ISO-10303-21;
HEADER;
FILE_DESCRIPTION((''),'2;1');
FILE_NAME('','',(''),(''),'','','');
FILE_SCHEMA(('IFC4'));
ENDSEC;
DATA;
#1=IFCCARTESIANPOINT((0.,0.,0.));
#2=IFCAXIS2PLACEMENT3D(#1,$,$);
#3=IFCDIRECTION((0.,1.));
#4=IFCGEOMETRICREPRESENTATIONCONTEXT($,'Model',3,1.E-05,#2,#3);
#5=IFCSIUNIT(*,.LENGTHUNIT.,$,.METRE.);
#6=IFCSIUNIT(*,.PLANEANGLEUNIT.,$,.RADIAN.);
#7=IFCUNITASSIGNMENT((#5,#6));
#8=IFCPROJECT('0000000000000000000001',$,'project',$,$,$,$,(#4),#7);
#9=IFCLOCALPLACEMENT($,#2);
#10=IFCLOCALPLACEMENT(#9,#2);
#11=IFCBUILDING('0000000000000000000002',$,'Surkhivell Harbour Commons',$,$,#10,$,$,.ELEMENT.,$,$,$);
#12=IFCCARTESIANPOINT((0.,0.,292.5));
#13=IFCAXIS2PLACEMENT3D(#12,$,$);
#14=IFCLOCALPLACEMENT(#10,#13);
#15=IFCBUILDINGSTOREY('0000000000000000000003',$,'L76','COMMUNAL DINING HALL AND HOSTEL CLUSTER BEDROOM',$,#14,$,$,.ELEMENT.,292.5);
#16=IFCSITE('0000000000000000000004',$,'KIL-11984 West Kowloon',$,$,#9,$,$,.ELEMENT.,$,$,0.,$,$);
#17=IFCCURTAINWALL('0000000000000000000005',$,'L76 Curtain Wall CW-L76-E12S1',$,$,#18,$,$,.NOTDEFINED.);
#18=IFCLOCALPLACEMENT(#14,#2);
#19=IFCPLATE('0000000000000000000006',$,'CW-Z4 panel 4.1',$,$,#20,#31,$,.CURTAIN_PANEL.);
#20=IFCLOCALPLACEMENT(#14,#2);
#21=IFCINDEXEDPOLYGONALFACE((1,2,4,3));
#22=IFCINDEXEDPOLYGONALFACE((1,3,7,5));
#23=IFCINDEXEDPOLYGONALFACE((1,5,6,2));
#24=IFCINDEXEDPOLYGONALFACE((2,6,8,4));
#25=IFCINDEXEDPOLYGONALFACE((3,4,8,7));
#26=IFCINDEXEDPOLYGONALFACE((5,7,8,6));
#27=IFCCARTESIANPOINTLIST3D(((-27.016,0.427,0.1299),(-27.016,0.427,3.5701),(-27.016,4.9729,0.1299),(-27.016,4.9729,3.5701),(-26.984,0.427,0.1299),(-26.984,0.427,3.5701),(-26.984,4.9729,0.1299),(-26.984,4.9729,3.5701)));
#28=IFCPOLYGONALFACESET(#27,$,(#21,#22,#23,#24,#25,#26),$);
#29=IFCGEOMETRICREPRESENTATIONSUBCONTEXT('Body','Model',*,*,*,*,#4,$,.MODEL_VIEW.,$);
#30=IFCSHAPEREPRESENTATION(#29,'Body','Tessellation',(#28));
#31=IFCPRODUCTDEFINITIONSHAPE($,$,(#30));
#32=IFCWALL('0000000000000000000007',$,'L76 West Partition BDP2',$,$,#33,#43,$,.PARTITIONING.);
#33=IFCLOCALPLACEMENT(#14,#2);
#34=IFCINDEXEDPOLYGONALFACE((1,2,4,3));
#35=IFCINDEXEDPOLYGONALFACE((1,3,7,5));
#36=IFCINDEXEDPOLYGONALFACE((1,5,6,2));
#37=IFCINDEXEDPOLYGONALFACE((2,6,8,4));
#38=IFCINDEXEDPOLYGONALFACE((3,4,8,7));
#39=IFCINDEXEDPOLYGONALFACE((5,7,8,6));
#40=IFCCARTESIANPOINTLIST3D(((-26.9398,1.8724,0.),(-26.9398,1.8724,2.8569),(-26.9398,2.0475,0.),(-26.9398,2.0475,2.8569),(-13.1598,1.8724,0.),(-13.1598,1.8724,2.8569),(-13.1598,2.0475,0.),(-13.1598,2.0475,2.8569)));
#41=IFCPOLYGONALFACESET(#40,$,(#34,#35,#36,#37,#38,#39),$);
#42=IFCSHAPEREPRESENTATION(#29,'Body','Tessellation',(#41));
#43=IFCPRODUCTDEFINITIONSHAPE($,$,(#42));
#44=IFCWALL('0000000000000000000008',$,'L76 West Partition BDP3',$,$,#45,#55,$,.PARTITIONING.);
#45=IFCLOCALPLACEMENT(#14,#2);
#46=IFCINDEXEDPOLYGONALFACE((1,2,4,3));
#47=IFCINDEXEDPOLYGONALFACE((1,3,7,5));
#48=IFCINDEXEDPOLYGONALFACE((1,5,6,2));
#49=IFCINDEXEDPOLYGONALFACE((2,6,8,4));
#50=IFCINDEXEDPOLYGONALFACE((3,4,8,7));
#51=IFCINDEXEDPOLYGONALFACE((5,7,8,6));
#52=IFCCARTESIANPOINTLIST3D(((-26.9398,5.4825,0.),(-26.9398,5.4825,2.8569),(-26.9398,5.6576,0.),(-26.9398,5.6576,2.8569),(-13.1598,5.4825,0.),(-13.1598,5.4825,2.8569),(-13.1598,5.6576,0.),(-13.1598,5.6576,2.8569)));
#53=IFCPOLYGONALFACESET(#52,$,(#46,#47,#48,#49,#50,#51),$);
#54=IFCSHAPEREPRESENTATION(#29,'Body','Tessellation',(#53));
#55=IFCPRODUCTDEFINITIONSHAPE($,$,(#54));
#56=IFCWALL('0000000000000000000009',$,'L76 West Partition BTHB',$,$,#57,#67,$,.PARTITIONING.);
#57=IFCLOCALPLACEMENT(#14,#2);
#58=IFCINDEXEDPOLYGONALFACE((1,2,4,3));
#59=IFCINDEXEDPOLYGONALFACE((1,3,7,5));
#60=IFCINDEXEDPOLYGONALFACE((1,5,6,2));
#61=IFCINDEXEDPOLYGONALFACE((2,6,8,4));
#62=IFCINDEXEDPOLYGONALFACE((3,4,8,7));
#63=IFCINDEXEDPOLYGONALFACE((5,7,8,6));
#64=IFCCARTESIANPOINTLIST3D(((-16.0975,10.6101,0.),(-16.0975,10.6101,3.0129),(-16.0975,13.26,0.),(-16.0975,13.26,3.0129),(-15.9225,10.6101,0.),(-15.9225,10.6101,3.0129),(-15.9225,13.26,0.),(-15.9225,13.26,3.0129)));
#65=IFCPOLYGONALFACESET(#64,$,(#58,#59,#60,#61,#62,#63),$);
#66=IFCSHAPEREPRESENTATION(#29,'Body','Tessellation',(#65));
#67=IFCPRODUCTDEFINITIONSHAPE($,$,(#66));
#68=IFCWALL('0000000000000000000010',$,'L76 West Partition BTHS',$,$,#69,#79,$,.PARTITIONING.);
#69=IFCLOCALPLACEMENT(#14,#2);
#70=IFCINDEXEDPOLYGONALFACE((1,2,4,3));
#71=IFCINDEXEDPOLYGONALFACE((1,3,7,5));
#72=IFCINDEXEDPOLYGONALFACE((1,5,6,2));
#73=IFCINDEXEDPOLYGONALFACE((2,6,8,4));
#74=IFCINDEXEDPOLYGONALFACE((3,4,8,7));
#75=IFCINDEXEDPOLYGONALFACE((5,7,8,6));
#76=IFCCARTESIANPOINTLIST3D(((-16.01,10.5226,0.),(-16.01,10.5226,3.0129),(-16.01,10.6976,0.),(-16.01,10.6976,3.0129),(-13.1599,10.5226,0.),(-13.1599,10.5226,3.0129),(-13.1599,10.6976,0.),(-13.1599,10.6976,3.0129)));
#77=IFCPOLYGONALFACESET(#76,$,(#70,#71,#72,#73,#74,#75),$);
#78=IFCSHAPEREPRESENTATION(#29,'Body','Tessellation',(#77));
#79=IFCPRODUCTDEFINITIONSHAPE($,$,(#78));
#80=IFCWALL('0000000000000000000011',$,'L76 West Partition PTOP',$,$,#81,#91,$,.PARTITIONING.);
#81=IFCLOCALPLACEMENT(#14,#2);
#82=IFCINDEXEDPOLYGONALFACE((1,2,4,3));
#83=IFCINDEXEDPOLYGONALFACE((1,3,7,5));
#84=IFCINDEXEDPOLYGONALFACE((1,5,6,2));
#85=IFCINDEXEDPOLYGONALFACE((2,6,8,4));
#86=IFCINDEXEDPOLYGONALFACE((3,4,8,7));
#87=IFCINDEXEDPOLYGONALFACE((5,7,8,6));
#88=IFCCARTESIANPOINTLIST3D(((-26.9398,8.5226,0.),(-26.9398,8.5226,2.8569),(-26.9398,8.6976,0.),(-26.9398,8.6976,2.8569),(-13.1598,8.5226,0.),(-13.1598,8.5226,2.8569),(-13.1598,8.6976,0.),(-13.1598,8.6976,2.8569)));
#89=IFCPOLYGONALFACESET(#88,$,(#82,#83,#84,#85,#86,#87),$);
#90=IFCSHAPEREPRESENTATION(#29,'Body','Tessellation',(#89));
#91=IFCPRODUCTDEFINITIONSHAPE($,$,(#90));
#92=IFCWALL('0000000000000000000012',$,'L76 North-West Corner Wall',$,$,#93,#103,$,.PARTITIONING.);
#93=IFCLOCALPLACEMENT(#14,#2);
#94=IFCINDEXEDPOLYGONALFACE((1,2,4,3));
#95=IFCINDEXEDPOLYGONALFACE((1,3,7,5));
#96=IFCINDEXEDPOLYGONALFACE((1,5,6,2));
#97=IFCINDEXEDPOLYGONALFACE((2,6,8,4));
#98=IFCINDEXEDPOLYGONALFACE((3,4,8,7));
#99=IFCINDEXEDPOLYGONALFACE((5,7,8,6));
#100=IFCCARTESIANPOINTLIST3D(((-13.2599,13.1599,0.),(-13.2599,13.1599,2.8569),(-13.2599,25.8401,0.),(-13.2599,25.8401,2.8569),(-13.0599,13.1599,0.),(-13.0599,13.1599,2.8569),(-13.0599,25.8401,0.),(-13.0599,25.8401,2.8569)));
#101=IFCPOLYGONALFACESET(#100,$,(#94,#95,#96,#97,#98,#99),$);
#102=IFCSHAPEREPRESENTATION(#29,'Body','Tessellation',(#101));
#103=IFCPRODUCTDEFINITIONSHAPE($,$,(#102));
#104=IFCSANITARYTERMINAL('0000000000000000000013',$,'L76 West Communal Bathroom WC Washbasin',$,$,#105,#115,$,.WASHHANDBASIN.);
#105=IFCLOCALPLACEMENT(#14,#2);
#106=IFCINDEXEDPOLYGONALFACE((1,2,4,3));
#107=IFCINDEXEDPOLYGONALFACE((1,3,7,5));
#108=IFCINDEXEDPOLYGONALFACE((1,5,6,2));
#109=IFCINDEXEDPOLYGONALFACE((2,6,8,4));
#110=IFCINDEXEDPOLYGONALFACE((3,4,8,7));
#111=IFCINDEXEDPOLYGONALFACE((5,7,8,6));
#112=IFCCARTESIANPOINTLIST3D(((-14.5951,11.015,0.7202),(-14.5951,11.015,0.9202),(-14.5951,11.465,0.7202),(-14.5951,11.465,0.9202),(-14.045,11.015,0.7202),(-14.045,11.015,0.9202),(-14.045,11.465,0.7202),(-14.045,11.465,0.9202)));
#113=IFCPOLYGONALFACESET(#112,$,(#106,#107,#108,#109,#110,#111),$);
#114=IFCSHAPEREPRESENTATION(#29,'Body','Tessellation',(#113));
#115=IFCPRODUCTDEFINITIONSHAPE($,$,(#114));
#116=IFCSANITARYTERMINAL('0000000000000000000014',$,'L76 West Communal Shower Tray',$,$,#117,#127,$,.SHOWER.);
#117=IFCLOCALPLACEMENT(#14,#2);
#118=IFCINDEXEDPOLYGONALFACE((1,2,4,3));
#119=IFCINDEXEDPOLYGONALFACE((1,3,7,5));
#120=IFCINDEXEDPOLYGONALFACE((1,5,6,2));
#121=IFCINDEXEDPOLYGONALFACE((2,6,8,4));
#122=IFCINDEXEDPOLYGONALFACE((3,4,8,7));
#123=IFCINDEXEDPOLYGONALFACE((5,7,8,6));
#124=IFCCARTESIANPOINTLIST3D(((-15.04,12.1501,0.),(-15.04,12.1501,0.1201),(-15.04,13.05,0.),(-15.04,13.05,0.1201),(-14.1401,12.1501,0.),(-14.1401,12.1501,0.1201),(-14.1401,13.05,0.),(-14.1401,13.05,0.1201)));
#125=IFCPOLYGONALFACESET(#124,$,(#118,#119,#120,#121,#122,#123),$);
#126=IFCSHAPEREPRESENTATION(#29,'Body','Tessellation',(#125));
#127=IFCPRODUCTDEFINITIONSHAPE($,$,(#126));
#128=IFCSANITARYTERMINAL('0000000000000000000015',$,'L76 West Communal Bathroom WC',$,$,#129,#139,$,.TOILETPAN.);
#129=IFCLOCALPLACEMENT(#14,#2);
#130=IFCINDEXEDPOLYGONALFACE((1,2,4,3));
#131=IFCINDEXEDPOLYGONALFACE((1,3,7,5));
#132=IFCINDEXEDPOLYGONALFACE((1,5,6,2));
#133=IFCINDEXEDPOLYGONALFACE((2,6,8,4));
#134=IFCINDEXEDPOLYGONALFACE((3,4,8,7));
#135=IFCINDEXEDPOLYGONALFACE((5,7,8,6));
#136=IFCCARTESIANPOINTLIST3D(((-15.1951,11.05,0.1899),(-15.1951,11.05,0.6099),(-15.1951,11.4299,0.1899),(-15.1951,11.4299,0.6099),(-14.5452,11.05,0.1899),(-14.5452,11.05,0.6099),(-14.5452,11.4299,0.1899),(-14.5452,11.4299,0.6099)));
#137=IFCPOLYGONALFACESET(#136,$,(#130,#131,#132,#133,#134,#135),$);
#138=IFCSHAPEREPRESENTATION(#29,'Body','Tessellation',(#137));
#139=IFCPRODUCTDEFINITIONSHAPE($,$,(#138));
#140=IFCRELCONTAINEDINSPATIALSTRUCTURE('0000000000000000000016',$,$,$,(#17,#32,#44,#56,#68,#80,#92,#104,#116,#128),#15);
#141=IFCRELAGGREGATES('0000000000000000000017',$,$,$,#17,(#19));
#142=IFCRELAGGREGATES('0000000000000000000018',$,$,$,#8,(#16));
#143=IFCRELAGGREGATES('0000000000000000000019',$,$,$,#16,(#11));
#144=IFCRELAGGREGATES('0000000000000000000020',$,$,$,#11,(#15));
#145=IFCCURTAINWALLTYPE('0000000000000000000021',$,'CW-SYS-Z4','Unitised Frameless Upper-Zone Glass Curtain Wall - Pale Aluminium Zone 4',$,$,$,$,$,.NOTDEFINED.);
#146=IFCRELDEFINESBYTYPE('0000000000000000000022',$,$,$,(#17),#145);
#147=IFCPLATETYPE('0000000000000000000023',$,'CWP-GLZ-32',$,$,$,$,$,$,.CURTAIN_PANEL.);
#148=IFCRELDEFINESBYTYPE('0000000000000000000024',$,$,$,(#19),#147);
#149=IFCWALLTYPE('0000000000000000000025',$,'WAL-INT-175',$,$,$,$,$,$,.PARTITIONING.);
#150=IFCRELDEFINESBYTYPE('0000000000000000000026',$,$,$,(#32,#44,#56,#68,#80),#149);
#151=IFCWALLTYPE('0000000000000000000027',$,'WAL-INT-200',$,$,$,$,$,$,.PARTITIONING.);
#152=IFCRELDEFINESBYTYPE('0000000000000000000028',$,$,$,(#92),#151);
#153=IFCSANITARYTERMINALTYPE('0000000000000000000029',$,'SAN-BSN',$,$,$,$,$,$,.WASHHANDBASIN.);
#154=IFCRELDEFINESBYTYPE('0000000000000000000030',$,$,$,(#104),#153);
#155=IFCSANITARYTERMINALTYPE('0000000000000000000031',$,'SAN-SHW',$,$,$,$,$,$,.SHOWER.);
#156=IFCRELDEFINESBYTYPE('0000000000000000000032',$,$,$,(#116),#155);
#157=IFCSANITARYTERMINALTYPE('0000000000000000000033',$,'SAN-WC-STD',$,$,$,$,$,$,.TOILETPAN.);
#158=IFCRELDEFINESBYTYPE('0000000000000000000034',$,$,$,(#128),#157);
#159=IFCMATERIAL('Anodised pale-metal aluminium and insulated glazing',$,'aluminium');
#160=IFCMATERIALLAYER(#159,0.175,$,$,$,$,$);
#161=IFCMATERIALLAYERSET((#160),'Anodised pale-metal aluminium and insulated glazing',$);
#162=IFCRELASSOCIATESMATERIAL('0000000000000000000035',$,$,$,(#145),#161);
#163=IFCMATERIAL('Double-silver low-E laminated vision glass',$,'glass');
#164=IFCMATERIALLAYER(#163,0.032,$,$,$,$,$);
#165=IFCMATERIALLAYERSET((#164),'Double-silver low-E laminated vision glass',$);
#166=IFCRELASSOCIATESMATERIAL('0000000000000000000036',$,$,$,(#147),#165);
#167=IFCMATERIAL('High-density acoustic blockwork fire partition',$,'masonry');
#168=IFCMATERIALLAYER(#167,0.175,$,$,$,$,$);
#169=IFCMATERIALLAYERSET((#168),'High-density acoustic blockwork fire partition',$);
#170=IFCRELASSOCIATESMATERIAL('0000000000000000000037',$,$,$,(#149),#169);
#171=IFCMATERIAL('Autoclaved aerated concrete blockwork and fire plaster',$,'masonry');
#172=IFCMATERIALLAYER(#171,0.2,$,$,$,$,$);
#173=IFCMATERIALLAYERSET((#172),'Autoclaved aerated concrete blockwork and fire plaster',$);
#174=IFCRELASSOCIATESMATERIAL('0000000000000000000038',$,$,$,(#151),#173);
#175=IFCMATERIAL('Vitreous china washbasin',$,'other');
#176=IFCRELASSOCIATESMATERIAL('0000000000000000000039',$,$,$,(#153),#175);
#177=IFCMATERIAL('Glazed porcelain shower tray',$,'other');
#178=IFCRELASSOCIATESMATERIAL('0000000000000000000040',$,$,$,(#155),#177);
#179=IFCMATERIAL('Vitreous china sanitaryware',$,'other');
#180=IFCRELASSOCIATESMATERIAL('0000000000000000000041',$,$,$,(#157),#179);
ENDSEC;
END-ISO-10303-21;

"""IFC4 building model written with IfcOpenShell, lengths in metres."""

from ifc_helpers import new_model, si_unit, direction, frame, frame_2d, origin, origin_2d, place, context, subcontext, project, spatial, rectangle, extrude, material, layer, layer_set, type_object, element, aggregate, save


model = new_model("IFC4")

# Units and contexts
model_context = context("Model", 3, precision=1e-05, world=origin(), true_north=direction((0.0, 1.0)))
body_context = subcontext(model_context, "Body", "Model", "MODEL_VIEW")
ifc_project = project(units=[si_unit("LENGTHUNIT", "METRE"), si_unit("PLANEANGLEUNIT", "RADIAN")], contexts=[model_context])

# Site, building, storey
site_placement = place(None, origin())
site = spatial("IfcSite", under=ifc_project, at=site_placement, Name="KIL-11984 West Kowloon", CompositionType="ELEMENT", RefElevation=0.0)
building_placement = place(site_placement, origin())
building = spatial("IfcBuilding", under=site, at=building_placement, Name="Surkhivell Harbour Commons", CompositionType="ELEMENT")
storey_placement = place(building_placement, frame((0.0, 0.0, 292.5)))
storey = spatial("IfcBuildingStorey", under=building, at=storey_placement, Name="L76", Description="COMMUNAL DINING HALL AND HOSTEL CLUSTER BEDROOM", CompositionType="ELEMENT", Elevation=292.5)

# Curtain wall, plate
ifc_material_1 = material(Name="Anodised pale-metal aluminium and insulated glazing", Category="aluminium")
ifc_layer_1 = layer(ifc_material_1, 0.175)
ifc_layer_set_1 = layer_set([ifc_layer_1], Name="Anodised pale-metal aluminium and insulated glazing")
curtain_wall_type = type_object("IfcCurtainWallType", Name="CW-SYS-Z4", Description="Unitised Frameless Upper-Zone Glass Curtain Wall - Pale Aluminium Zone 4", PredefinedType="NOTDEFINED", material=ifc_layer_set_1)
curtain_wall_placement = place(storey_placement, origin())
curtain_wall = element("IfcCurtainWall", 1, at=curtain_wall_placement, inside=storey, type_object=curtain_wall_type, Name="L76 Curtain Wall CW-L76-E12S1", PredefinedType="NOTDEFINED")
ifc_material_2 = material(Name="Double-silver low-E laminated vision glass", Category="glass")
ifc_layer_2 = layer(ifc_material_2, 0.032)
ifc_layer_set_2 = layer_set([ifc_layer_2], Name="Double-silver low-E laminated vision glass")
plate_type = type_object("IfcPlateType", Name="CWP-GLZ-32", PredefinedType="CURTAIN_PANEL", material=ifc_layer_set_2)
plate_1_placement = place(storey_placement, frame((-27.0, 4.9729, 0.1299), z_axis=(0.0, 0.0, 1.0), x_axis=(0.0, -1.0, 0.0)))
plate_1 = element("IfcPlate", 2, at=plate_1_placement, type_object=plate_type, Name="CW-Z4 panel 4.1", PredefinedType="CURTAIN_PANEL", context=body_context, shape_type="SweptSolid", body=[
    extrude(rectangle(XDim=4.5459, YDim=0.032, at=frame_2d((2.2729, 0.0))), origin(), (0.0, 0.0, 1.0), 3.4402),
])
aggregate(curtain_wall, [plate_1])

# Walls
ifc_material_3 = material(Name="High-density acoustic blockwork fire partition", Category="masonry")
ifc_layer_3 = layer(ifc_material_3, 0.175)
ifc_layer_set_3 = layer_set([ifc_layer_3], Name="High-density acoustic blockwork fire partition")
wall_type_1 = type_object("IfcWallType", Name="WAL-INT-175", PredefinedType="PARTITIONING", material=ifc_layer_set_3)
for number, where, z_axis, x_axis, name in (
    (3, (-26.9399, 1.96, 0.0), (0.0, 0.0, 1.0), (1.0, 0.0, 0.0), "L76 West Partition BDP2"),
    (4, (-26.9399, 5.5701, 0.0), (0.0, 0.0, 1.0), (1.0, 0.0, 0.0), "L76 West Partition BDP3"),
):
    element("IfcWall", number, at=place(storey_placement, frame(where, z_axis=z_axis, x_axis=x_axis)), inside=storey, type_object=wall_type_1, Name=name, PredefinedType="PARTITIONING", context=body_context, shape_type="SweptSolid", body=[
        extrude(rectangle(XDim=13.78, YDim=0.175, at=frame_2d((6.8901, 0.0))), origin(), (0.0, 0.0, 1.0), 2.8569),
    ])
wall_1_placement = place(storey_placement, frame((-16.01, 10.6101, 0.0), z_axis=(0.0, 0.0, 1.0), x_axis=(0.0, 1.0, 0.0)))
element("IfcWall", 5, at=wall_1_placement, inside=storey, type_object=wall_type_1, Name="L76 West Partition BTHB", PredefinedType="PARTITIONING", context=body_context, shape_type="SweptSolid", body=[
    extrude(rectangle(XDim=2.6499, YDim=0.175, at=frame_2d((1.325, 0.0))), origin(), (0.0, 0.0, 1.0), 3.0129),
])
wall_2_placement = place(storey_placement, frame((-16.01, 10.6101, 0.0), z_axis=(0.0, 0.0, 1.0), x_axis=(1.0, 0.0, 0.0)))
element("IfcWall", 6, at=wall_2_placement, inside=storey, type_object=wall_type_1, Name="L76 West Partition BTHS", PredefinedType="PARTITIONING", context=body_context, shape_type="SweptSolid", body=[
    extrude(rectangle(XDim=2.8501, YDim=0.175, at=frame_2d((1.425, 0.0))), origin(), (0.0, 0.0, 1.0), 3.0129),
])
wall_3_placement = place(storey_placement, frame((-26.9399, 8.6101, 0.0), z_axis=(0.0, 0.0, 1.0), x_axis=(1.0, 0.0, 0.0)))
element("IfcWall", 7, at=wall_3_placement, inside=storey, type_object=wall_type_1, Name="L76 West Partition PTOP", PredefinedType="PARTITIONING", context=body_context, shape_type="SweptSolid", body=[
    extrude(rectangle(XDim=13.78, YDim=0.175, at=frame_2d((6.8901, 0.0))), origin(), (0.0, 0.0, 1.0), 2.8569),
])
ifc_material_4 = material(Name="Autoclaved aerated concrete blockwork and fire plaster", Category="masonry")
ifc_layer_4 = layer(ifc_material_4, 0.2)
ifc_layer_set_4 = layer_set([ifc_layer_4], Name="Autoclaved aerated concrete blockwork and fire plaster")
wall_type_2 = type_object("IfcWallType", Name="WAL-INT-200", PredefinedType="PARTITIONING", material=ifc_layer_set_4)
wall_4_placement = place(storey_placement, frame((-13.1599, 13.1599, 0.0), z_axis=(0.0, 0.0, 1.0), x_axis=(0.0, 1.0, 0.0)))
element("IfcWall", 8, at=wall_4_placement, inside=storey, type_object=wall_type_2, Name="L76 North-West Corner Wall", PredefinedType="PARTITIONING", context=body_context, shape_type="SweptSolid", body=[
    extrude(rectangle(XDim=12.6802, YDim=0.2, at=frame_2d((6.3401, 0.0))), origin(), (0.0, 0.0, 1.0), 2.8569),
])

# Sanitary terminals
ifc_material_5 = material(Name="Vitreous china washbasin", Category="other")
sanitary_terminal_type_1 = type_object("IfcSanitaryTerminalType", Name="SAN-BSN", PredefinedType="WASHHANDBASIN", material=ifc_material_5)
sanitary_terminal_1_placement = place(storey_placement, frame((-14.3201, 11.24, 0.7202), z_axis=(0.0, 0.0, 1.0), x_axis=(1.0, 0.0, 0.0)))
element("IfcSanitaryTerminal", 9, at=sanitary_terminal_1_placement, inside=storey, type_object=sanitary_terminal_type_1, Name="L76 West Communal Bathroom WC Washbasin", PredefinedType="WASHHANDBASIN", context=body_context, shape_type="SweptSolid", body=[
    extrude(rectangle(XDim=0.55, YDim=0.45, at=origin_2d()), origin(), (0.0, 0.0, 1.0), 0.2),
])
ifc_material_6 = material(Name="Glazed porcelain shower tray", Category="other")
sanitary_terminal_type_2 = type_object("IfcSanitaryTerminalType", Name="SAN-SHW", PredefinedType="SHOWER", material=ifc_material_6)
sanitary_terminal_2_placement = place(storey_placement, frame((-14.5901, 12.6001, 0.0), z_axis=(0.0, 0.0, 1.0), x_axis=(1.0, 0.0, 0.0)))
element("IfcSanitaryTerminal", 10, at=sanitary_terminal_2_placement, inside=storey, type_object=sanitary_terminal_type_2, Name="L76 West Communal Shower Tray", PredefinedType="SHOWER", context=body_context, shape_type="SweptSolid", body=[
    extrude(rectangle(XDim=0.8999, YDim=0.8999, at=origin_2d()), origin(), (0.0, 0.0, 1.0), 0.1201),
])
ifc_material_7 = material(Name="Vitreous china sanitaryware", Category="other")
sanitary_terminal_type_3 = type_object("IfcSanitaryTerminalType", Name="SAN-WC-STD", PredefinedType="TOILETPAN", material=ifc_material_7)
sanitary_terminal_3_placement = place(storey_placement, frame((-14.8701, 11.24, 0.1899), z_axis=(0.0, 0.0, 1.0), x_axis=(1.0, 0.0, 0.0)))
element("IfcSanitaryTerminal", 11, at=sanitary_terminal_3_placement, inside=storey, type_object=sanitary_terminal_type_3, Name="L76 West Communal Bathroom WC", PredefinedType="TOILETPAN", context=body_context, shape_type="SweptSolid", body=[
    extrude(rectangle(XDim=0.6499, YDim=0.3799, at=origin_2d()), origin(), (0.0, 0.0, 1.0), 0.4199),
])

save(model, "model.ifc")
